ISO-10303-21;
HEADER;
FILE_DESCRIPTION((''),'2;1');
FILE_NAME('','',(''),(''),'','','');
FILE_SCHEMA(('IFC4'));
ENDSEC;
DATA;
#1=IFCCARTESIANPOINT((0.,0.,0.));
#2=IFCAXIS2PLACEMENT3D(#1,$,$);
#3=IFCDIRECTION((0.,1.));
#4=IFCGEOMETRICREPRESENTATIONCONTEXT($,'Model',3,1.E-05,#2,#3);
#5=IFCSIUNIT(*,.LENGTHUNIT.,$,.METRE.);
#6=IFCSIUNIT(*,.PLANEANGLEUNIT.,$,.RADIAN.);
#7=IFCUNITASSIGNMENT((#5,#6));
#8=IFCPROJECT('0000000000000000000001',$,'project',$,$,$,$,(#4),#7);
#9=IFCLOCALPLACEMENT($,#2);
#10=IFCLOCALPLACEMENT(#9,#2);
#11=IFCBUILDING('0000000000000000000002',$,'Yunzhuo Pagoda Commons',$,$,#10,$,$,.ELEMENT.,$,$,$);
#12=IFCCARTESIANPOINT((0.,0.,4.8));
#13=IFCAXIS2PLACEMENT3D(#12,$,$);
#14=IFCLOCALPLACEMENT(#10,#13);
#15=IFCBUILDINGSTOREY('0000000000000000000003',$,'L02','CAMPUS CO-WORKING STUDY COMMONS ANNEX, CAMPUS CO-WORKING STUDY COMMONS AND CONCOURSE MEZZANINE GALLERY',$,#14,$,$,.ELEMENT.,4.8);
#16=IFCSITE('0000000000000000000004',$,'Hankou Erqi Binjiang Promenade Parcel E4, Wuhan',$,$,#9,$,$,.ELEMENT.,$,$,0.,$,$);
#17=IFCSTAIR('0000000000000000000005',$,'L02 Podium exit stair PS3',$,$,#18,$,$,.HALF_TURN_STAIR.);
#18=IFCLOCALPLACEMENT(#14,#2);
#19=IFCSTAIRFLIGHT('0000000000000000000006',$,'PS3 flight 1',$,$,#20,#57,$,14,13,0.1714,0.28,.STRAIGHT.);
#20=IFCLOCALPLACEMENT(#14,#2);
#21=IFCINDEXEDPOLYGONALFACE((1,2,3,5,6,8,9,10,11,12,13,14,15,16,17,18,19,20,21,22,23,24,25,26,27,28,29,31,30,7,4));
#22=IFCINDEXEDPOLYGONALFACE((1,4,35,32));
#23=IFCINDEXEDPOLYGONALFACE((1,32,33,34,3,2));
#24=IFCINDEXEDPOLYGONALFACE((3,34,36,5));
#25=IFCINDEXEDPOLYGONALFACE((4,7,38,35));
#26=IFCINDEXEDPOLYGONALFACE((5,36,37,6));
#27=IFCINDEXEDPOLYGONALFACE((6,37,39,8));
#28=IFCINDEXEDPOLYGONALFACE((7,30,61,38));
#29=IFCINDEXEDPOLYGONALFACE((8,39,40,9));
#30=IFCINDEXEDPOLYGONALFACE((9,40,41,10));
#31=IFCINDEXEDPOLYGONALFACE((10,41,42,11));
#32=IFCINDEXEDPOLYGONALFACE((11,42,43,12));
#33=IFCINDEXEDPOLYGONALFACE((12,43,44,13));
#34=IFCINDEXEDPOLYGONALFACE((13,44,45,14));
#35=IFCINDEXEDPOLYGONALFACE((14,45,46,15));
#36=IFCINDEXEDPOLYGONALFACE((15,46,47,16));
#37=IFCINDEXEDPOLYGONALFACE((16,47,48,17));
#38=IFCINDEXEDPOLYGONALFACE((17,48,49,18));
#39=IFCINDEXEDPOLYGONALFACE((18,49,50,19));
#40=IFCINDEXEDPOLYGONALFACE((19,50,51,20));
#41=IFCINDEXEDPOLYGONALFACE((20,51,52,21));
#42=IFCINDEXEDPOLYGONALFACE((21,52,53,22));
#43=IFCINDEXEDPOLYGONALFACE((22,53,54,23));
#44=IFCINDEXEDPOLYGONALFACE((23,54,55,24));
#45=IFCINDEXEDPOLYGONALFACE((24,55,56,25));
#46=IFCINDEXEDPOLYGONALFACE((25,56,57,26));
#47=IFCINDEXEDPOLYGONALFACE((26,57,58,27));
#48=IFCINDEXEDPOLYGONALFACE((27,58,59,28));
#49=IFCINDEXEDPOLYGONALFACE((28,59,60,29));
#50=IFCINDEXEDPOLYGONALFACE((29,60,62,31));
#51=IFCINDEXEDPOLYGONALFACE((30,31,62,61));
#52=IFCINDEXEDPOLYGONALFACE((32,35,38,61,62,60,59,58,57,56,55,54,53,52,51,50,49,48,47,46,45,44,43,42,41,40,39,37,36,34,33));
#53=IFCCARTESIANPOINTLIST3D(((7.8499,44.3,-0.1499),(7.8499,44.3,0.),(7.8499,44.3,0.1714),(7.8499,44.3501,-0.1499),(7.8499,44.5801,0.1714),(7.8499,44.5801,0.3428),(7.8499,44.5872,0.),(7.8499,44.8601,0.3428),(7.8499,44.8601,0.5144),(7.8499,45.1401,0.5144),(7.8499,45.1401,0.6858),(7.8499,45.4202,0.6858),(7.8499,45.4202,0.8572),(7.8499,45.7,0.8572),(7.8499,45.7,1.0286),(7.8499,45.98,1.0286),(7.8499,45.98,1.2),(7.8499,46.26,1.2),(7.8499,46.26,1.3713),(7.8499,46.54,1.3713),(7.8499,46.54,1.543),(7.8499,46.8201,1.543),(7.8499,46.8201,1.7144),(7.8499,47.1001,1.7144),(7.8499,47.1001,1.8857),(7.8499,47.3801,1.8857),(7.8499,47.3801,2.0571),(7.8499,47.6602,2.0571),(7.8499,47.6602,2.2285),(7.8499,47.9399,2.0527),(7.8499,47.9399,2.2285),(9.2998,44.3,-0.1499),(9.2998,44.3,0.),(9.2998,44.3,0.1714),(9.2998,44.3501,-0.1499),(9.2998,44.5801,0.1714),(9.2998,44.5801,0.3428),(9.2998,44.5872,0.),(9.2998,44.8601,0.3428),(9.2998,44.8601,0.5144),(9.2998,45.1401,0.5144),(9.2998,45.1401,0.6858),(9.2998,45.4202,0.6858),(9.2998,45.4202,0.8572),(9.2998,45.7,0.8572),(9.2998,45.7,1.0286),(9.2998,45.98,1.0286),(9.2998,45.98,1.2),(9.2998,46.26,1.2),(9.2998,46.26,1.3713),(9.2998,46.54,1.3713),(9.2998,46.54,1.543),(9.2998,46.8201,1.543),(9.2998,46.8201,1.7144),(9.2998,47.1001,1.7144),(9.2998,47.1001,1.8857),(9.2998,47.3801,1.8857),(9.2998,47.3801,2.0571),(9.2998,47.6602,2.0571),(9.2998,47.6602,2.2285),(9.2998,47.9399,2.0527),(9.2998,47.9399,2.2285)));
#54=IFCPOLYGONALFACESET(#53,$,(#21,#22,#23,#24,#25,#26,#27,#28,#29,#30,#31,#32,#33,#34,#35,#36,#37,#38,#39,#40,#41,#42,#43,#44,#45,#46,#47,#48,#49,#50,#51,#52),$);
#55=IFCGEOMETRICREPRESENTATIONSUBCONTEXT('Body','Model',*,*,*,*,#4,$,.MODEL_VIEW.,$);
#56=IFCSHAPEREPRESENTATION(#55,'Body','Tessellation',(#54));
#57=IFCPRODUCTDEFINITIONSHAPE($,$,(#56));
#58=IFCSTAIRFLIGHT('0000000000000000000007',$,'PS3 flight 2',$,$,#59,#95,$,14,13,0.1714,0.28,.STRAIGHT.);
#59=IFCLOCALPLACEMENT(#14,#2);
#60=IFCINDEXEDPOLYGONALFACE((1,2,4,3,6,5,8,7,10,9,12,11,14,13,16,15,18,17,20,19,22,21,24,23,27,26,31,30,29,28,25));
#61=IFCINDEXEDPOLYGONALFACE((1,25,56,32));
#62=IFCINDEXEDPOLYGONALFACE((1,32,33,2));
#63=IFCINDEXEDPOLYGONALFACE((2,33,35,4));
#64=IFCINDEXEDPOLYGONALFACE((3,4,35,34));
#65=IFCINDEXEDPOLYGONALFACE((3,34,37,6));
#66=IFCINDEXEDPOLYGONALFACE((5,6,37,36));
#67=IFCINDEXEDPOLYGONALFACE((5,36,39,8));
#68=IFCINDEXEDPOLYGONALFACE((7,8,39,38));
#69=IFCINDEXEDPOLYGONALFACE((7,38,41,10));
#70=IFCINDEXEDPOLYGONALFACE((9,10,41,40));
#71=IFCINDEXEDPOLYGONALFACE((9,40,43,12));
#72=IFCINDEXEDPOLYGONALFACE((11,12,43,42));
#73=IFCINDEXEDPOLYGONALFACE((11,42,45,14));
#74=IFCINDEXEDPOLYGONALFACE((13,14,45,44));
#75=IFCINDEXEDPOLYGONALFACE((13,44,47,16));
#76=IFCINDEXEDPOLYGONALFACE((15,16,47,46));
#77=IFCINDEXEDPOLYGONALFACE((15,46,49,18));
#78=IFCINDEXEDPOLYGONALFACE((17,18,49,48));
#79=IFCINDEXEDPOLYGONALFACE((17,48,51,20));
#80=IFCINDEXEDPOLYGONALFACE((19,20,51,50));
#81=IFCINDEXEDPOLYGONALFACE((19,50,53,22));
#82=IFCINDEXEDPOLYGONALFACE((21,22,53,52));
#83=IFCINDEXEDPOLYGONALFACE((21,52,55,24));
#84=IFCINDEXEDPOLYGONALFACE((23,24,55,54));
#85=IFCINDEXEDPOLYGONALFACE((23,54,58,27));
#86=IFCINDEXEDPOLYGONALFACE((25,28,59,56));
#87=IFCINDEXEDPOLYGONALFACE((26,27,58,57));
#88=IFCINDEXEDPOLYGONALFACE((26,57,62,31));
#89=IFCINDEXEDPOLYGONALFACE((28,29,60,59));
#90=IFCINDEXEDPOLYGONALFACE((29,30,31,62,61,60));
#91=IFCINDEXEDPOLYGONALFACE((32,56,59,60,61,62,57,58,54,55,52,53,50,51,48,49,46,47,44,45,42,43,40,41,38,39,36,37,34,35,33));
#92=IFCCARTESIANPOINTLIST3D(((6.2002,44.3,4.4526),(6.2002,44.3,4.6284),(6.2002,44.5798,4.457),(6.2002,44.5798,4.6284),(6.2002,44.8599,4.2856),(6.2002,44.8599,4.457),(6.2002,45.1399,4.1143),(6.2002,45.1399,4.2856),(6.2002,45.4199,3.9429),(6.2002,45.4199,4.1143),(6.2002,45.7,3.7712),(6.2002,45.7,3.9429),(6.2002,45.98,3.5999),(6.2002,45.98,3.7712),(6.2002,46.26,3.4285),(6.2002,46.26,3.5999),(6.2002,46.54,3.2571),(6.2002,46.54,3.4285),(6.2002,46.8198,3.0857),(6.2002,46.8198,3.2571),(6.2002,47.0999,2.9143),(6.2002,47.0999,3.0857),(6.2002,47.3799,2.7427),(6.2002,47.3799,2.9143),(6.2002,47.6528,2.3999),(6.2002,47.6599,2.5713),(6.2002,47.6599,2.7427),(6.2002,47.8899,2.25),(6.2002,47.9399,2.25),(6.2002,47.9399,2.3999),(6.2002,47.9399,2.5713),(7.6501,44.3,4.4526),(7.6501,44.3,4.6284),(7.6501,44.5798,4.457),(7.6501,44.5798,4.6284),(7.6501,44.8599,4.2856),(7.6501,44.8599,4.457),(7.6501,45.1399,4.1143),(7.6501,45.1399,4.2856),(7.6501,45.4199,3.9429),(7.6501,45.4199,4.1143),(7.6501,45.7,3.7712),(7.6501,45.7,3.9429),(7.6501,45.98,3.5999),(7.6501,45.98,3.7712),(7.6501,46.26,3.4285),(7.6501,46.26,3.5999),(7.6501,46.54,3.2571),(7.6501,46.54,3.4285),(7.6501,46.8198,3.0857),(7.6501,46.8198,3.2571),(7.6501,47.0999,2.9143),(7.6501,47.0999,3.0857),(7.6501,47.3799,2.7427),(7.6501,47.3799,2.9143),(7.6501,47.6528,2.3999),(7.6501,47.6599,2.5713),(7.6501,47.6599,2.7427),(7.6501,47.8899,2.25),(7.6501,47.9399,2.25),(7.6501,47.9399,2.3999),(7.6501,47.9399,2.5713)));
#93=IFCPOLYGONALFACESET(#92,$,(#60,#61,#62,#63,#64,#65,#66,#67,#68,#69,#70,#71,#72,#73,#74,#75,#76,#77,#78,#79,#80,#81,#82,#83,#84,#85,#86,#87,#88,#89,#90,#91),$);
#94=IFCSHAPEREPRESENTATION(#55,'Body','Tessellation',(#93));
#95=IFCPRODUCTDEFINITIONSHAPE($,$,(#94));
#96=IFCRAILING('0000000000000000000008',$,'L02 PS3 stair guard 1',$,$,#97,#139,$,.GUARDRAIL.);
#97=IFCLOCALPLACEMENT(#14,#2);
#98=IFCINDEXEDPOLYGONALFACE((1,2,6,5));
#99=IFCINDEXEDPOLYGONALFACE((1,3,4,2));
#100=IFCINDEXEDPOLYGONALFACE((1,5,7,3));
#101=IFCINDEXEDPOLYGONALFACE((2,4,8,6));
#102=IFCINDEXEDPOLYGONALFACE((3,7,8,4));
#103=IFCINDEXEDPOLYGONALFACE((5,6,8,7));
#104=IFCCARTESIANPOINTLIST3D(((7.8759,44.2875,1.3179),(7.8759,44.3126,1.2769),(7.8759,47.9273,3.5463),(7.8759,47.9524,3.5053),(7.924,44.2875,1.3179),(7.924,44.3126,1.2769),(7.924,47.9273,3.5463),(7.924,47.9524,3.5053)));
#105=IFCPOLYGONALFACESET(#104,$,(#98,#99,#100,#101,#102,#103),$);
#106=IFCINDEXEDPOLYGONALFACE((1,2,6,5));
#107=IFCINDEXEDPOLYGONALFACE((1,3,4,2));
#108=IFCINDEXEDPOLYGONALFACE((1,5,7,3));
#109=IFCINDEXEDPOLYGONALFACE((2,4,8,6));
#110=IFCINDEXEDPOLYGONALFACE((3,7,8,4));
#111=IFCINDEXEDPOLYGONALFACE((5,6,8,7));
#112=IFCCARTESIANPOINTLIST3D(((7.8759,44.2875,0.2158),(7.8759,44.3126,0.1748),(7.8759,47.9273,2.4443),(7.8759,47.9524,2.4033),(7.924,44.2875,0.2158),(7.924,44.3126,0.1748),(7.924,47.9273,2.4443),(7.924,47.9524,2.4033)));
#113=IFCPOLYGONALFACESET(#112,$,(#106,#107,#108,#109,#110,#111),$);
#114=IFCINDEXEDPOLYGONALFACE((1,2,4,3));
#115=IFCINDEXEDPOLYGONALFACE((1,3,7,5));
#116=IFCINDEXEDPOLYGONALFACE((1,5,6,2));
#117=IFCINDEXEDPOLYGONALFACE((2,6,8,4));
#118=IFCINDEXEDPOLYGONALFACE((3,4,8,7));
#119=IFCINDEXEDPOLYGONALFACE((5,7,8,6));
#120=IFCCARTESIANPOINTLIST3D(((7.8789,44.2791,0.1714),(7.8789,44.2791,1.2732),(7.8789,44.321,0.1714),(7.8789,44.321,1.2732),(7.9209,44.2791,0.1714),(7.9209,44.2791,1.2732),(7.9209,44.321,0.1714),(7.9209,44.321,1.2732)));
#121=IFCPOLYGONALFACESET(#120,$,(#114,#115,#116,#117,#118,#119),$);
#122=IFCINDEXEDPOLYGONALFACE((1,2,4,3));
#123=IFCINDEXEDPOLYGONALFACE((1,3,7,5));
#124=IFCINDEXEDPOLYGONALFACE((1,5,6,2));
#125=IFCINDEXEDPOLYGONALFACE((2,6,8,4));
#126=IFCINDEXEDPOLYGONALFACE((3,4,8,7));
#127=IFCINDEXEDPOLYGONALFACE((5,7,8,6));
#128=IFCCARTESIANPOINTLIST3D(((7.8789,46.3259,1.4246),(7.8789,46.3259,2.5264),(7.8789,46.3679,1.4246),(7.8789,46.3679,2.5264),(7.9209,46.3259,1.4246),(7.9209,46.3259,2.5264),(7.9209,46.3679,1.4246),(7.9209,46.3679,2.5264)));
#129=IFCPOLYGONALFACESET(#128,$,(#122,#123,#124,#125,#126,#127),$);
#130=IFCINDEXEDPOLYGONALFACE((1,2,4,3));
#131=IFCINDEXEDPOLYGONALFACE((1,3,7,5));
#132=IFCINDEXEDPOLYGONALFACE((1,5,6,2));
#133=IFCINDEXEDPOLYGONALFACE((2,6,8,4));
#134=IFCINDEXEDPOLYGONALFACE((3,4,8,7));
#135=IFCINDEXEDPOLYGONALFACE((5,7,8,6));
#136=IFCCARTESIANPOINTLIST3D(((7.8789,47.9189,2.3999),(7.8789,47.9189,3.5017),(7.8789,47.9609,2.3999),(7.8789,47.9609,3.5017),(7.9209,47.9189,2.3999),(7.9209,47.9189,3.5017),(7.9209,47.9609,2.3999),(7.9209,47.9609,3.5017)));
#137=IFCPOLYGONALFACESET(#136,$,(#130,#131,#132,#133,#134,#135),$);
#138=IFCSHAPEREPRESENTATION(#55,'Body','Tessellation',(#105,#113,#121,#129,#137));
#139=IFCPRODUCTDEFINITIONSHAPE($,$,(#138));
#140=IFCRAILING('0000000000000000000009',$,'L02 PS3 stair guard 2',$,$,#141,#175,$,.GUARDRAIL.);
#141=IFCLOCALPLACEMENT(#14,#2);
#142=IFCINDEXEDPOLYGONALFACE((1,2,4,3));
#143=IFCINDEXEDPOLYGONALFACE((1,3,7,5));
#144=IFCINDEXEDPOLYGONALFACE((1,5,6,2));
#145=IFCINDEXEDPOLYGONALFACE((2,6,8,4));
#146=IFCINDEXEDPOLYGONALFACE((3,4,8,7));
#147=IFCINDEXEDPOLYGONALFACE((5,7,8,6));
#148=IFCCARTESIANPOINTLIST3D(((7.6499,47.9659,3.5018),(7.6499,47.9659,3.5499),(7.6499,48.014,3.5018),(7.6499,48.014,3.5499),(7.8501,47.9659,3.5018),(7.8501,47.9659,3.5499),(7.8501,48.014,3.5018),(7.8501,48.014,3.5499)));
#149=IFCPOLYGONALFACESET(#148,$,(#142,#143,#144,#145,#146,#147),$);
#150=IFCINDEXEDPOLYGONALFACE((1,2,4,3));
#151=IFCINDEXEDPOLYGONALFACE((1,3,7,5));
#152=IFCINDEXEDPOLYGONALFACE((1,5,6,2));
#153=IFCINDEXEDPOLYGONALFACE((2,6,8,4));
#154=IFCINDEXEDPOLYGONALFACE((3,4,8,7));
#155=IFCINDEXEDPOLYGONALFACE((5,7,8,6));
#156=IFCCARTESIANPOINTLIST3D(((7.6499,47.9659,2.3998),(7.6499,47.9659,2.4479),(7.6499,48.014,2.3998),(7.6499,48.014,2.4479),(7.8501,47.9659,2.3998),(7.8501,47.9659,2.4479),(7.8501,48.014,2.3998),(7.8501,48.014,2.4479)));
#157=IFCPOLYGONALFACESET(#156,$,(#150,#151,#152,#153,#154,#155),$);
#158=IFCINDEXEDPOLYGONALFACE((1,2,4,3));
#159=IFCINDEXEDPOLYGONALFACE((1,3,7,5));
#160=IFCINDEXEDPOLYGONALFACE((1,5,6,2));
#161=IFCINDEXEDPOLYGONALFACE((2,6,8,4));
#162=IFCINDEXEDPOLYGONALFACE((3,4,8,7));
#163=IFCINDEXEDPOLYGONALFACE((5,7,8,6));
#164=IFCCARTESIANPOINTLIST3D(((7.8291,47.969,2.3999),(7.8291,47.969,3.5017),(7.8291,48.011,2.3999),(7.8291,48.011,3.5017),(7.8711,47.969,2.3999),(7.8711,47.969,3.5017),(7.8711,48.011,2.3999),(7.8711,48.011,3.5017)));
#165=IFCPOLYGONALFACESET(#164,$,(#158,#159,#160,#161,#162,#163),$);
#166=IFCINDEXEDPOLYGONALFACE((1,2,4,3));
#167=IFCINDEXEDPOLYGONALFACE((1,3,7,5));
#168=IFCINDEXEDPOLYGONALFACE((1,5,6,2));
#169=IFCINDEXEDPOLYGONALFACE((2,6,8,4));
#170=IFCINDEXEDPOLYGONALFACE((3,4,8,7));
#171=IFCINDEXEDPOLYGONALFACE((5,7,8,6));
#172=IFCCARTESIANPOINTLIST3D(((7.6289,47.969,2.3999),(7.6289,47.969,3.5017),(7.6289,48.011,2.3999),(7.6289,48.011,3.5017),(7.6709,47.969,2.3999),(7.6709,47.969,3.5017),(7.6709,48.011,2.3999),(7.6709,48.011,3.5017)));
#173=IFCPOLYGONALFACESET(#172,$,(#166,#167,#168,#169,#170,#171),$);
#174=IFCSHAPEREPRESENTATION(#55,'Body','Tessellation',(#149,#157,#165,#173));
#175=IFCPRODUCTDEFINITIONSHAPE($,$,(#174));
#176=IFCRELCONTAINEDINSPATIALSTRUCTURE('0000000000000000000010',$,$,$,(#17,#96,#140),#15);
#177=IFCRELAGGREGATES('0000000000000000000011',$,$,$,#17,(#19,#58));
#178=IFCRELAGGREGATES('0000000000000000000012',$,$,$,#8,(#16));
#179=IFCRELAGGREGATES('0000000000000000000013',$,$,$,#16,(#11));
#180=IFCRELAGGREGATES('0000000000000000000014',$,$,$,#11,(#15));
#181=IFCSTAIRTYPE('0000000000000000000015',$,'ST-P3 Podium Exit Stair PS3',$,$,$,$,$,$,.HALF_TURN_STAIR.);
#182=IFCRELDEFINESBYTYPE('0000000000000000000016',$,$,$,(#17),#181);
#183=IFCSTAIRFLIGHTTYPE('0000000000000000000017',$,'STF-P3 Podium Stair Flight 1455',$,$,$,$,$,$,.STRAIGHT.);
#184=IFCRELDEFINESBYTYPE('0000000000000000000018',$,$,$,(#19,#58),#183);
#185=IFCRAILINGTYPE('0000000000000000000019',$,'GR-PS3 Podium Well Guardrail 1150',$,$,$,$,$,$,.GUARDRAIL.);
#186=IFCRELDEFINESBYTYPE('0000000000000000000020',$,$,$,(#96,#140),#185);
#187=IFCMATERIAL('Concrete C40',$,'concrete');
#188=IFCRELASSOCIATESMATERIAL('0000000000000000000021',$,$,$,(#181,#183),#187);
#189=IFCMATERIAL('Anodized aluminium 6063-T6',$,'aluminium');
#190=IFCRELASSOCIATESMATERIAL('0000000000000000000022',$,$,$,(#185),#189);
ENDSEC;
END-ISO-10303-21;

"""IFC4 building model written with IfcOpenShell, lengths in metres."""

from ifc_helpers import new_model, si_unit, direction, frame, origin, origin_2d, place, context, subcontext, project, spatial, polyline, rectangle, outline, extrude, source, transform, mapped, material, type_object, element, aggregate, save


model = new_model("IFC4")

# Units and contexts
model_context = context("Model", 3, precision=1e-05, world=origin(), true_north=direction((0.0, 1.0)))
body_context = subcontext(model_context, "Body", "Model", "MODEL_VIEW")
ifc_project = project(units=[si_unit("LENGTHUNIT", "METRE"), si_unit("PLANEANGLEUNIT", "RADIAN")], contexts=[model_context])

# Site, building, storey
site_placement = place(None, origin())
site = spatial("IfcSite", under=ifc_project, at=site_placement, Name="Hankou Erqi Binjiang Promenade Parcel E4, Wuhan", CompositionType="ELEMENT", RefElevation=0.0)
building_placement = place(site_placement, origin())
building = spatial("IfcBuilding", under=site, at=building_placement, Name="Yunzhuo Pagoda Commons", CompositionType="ELEMENT")
storey_placement = place(building_placement, frame((0.0, 0.0, 4.8)))
storey = spatial("IfcBuildingStorey", under=building, at=storey_placement, Name="L02", Description="CAMPUS CO-WORKING STUDY COMMONS ANNEX, CAMPUS CO-WORKING STUDY COMMONS AND CONCOURSE MEZZANINE GALLERY", CompositionType="ELEMENT", Elevation=4.8)

# Stair, stair flights
ifc_material_1 = material(Name="Concrete C40", Category="concrete")
stair_type = type_object("IfcStairType", Name="ST-P3 Podium Exit Stair PS3", PredefinedType="HALF_TURN_STAIR", material=ifc_material_1)
stair_placement = place(storey_placement, origin())
stair = element("IfcStair", 1, at=stair_placement, inside=storey, type_object=stair_type, Name="L02 Podium exit stair PS3", PredefinedType="HALF_TURN_STAIR")
stair_flight_type = type_object("IfcStairFlightType", Name="STF-P3 Podium Stair Flight 1455", PredefinedType="STRAIGHT", material=ifc_material_1)
shared_shape_1 = source(origin(), body_context, "Body", "SweptSolid", [
    extrude(outline(polyline([(0.0, -0.1499), (0.0, 0.0), (0.0, 0.1714), (0.28, 0.1714), (0.28, 0.3428), (0.5601, 0.3428), (0.5601, 0.5144), (0.8401, 0.5144), (0.8401, 0.6858), (1.1201, 0.6858), (1.1201, 0.8572), (1.3999, 0.8572), (1.3999, 1.0286), (1.6799, 1.0286), (1.6799, 1.2), (1.96, 1.2), (1.96, 1.3713), (2.24, 1.3713), (2.24, 1.543), (2.52, 1.543), (2.52, 1.7144), (2.8, 1.7144), (2.8, 1.8857), (3.0801, 1.8857), (3.0801, 2.0571), (3.3601, 2.0571), (3.3601, 2.2285), (3.6399, 2.2285), (3.6399, 2.3999), (3.6399, 2.0527), (0.2871, 0.0), (0.05, -0.1499), (0.0, -0.1499)])), frame((0.0, 0.7251, 0.0), z_axis=(0.0, -1.0, 0.0), x_axis=(1.0, 0.0, 0.0)), (0.0, 0.0, 1.0), 1.45),
])
stair_flight_1_placement = place(storey_placement, frame((8.575, 44.3, 0.0), z_axis=(0.0, 0.0, 1.0), x_axis=(0.0, 1.0, 0.0)))
stair_flight_1 = element("IfcStairFlight", 2, at=stair_flight_1_placement, type_object=stair_flight_type, Name="PS3 flight 1", NumberOfRisers=14, NumberOfTreads=13, PredefinedType="STRAIGHT", RiserHeight=0.1714, TreadLength=0.28, context=body_context, shape_type="MappedRepresentation", body=[
    mapped(shared_shape_1, transform((0.0, 0.0, 0.0), scale=1.0)),
])
stair_flight_2_placement = place(storey_placement, frame((6.925, 47.9399, 2.3999), z_axis=(0.0, 0.0, 1.0), x_axis=(0.0, -1.0, 0.0)))
stair_flight_2 = element("IfcStairFlight", 3, at=stair_flight_2_placement, type_object=stair_flight_type, Name="PS3 flight 2", NumberOfRisers=14, NumberOfTreads=13, PredefinedType="STRAIGHT", RiserHeight=0.1714, TreadLength=0.28, context=body_context, shape_type="MappedRepresentation", body=[
    mapped(shared_shape_1, transform((0.0, 0.0, 0.0), scale=1.0)),
])
aggregate(stair, [stair_flight_1, stair_flight_2])

# Railings
ifc_material_2 = material(Name="Anodized aluminium 6063-T6", Category="aluminium")
railing_type_1 = type_object("IfcRailingType", Name="GR-PS3 Podium Well Guardrail 1150", PredefinedType="GUARDRAIL", material=ifc_material_2)
railing_1_placement = place(storey_placement, frame((7.8999, 44.3, 0.1714)))
element("IfcRailing", 4, at=railing_1_placement, inside=storey, type_object=railing_type_1, Name="L02 PS3 stair guard 1", PredefinedType="GUARDRAIL", context=body_context, shape_type="SweptSolid", body=[
    extrude(rectangle(XDim=0.0481, YDim=0.0481, at=origin_2d()), frame((0.0, 0.0, 1.126), z_axis=(0.0, 0.85285, 0.522156), x_axis=(-1.0, 0.0, 0.0)), (0.0, 0.0, 1.0), 4.2678),
    extrude(rectangle(XDim=0.0481, YDim=0.0481, at=origin_2d()), frame((0.0, 0.0, 0.0239), z_axis=(0.0, 0.85285, 0.522156), x_axis=(-1.0, 0.0, 0.0)), (0.0, 0.0, 1.0), 4.2678),
    extrude(rectangle(XDim=0.042, YDim=0.042, at=origin_2d()), origin(), (0.0, 0.0, 1.0), 1.1018),
    extrude(rectangle(XDim=0.042, YDim=0.042, at=origin_2d()), frame((0.0, 2.0469, 1.2532)), (0.0, 0.0, 1.0), 1.1018),
    extrude(rectangle(XDim=0.042, YDim=0.042, at=origin_2d()), frame((0.0, 3.6399, 2.2285)), (0.0, 0.0, 1.0), 1.1018),
])
railing_2_placement = place(storey_placement, frame((7.8501, 47.99, 2.3999)))
element("IfcRailing", 5, at=railing_2_placement, inside=storey, type_object=railing_type_1, Name="L02 PS3 stair guard 2", PredefinedType="GUARDRAIL", context=body_context, shape_type="SweptSolid", body=[
    extrude(rectangle(XDim=0.0481, YDim=0.0481, at=origin_2d()), frame((0.0, 0.0, 1.126), z_axis=(-1.0, 0.0, 0.0), x_axis=(0.0, -1.0, 0.0)), (0.0, 0.0, 1.0), 0.2002),
    extrude(rectangle(XDim=0.0481, YDim=0.0481, at=origin_2d()), frame((0.0, 0.0, 0.0239), z_axis=(-1.0, 0.0, 0.0), x_axis=(0.0, -1.0, 0.0)), (0.0, 0.0, 1.0), 0.2002),
    extrude(rectangle(XDim=0.042, YDim=0.042, at=origin_2d()), origin(), (0.0, 0.0, 1.0), 1.1018),
    extrude(rectangle(XDim=0.042, YDim=0.042, at=origin_2d()), frame((-0.2002, 0.0, 0.0)), (0.0, 0.0, 1.0), 1.1018),
])

save(model, "model.ifc")
